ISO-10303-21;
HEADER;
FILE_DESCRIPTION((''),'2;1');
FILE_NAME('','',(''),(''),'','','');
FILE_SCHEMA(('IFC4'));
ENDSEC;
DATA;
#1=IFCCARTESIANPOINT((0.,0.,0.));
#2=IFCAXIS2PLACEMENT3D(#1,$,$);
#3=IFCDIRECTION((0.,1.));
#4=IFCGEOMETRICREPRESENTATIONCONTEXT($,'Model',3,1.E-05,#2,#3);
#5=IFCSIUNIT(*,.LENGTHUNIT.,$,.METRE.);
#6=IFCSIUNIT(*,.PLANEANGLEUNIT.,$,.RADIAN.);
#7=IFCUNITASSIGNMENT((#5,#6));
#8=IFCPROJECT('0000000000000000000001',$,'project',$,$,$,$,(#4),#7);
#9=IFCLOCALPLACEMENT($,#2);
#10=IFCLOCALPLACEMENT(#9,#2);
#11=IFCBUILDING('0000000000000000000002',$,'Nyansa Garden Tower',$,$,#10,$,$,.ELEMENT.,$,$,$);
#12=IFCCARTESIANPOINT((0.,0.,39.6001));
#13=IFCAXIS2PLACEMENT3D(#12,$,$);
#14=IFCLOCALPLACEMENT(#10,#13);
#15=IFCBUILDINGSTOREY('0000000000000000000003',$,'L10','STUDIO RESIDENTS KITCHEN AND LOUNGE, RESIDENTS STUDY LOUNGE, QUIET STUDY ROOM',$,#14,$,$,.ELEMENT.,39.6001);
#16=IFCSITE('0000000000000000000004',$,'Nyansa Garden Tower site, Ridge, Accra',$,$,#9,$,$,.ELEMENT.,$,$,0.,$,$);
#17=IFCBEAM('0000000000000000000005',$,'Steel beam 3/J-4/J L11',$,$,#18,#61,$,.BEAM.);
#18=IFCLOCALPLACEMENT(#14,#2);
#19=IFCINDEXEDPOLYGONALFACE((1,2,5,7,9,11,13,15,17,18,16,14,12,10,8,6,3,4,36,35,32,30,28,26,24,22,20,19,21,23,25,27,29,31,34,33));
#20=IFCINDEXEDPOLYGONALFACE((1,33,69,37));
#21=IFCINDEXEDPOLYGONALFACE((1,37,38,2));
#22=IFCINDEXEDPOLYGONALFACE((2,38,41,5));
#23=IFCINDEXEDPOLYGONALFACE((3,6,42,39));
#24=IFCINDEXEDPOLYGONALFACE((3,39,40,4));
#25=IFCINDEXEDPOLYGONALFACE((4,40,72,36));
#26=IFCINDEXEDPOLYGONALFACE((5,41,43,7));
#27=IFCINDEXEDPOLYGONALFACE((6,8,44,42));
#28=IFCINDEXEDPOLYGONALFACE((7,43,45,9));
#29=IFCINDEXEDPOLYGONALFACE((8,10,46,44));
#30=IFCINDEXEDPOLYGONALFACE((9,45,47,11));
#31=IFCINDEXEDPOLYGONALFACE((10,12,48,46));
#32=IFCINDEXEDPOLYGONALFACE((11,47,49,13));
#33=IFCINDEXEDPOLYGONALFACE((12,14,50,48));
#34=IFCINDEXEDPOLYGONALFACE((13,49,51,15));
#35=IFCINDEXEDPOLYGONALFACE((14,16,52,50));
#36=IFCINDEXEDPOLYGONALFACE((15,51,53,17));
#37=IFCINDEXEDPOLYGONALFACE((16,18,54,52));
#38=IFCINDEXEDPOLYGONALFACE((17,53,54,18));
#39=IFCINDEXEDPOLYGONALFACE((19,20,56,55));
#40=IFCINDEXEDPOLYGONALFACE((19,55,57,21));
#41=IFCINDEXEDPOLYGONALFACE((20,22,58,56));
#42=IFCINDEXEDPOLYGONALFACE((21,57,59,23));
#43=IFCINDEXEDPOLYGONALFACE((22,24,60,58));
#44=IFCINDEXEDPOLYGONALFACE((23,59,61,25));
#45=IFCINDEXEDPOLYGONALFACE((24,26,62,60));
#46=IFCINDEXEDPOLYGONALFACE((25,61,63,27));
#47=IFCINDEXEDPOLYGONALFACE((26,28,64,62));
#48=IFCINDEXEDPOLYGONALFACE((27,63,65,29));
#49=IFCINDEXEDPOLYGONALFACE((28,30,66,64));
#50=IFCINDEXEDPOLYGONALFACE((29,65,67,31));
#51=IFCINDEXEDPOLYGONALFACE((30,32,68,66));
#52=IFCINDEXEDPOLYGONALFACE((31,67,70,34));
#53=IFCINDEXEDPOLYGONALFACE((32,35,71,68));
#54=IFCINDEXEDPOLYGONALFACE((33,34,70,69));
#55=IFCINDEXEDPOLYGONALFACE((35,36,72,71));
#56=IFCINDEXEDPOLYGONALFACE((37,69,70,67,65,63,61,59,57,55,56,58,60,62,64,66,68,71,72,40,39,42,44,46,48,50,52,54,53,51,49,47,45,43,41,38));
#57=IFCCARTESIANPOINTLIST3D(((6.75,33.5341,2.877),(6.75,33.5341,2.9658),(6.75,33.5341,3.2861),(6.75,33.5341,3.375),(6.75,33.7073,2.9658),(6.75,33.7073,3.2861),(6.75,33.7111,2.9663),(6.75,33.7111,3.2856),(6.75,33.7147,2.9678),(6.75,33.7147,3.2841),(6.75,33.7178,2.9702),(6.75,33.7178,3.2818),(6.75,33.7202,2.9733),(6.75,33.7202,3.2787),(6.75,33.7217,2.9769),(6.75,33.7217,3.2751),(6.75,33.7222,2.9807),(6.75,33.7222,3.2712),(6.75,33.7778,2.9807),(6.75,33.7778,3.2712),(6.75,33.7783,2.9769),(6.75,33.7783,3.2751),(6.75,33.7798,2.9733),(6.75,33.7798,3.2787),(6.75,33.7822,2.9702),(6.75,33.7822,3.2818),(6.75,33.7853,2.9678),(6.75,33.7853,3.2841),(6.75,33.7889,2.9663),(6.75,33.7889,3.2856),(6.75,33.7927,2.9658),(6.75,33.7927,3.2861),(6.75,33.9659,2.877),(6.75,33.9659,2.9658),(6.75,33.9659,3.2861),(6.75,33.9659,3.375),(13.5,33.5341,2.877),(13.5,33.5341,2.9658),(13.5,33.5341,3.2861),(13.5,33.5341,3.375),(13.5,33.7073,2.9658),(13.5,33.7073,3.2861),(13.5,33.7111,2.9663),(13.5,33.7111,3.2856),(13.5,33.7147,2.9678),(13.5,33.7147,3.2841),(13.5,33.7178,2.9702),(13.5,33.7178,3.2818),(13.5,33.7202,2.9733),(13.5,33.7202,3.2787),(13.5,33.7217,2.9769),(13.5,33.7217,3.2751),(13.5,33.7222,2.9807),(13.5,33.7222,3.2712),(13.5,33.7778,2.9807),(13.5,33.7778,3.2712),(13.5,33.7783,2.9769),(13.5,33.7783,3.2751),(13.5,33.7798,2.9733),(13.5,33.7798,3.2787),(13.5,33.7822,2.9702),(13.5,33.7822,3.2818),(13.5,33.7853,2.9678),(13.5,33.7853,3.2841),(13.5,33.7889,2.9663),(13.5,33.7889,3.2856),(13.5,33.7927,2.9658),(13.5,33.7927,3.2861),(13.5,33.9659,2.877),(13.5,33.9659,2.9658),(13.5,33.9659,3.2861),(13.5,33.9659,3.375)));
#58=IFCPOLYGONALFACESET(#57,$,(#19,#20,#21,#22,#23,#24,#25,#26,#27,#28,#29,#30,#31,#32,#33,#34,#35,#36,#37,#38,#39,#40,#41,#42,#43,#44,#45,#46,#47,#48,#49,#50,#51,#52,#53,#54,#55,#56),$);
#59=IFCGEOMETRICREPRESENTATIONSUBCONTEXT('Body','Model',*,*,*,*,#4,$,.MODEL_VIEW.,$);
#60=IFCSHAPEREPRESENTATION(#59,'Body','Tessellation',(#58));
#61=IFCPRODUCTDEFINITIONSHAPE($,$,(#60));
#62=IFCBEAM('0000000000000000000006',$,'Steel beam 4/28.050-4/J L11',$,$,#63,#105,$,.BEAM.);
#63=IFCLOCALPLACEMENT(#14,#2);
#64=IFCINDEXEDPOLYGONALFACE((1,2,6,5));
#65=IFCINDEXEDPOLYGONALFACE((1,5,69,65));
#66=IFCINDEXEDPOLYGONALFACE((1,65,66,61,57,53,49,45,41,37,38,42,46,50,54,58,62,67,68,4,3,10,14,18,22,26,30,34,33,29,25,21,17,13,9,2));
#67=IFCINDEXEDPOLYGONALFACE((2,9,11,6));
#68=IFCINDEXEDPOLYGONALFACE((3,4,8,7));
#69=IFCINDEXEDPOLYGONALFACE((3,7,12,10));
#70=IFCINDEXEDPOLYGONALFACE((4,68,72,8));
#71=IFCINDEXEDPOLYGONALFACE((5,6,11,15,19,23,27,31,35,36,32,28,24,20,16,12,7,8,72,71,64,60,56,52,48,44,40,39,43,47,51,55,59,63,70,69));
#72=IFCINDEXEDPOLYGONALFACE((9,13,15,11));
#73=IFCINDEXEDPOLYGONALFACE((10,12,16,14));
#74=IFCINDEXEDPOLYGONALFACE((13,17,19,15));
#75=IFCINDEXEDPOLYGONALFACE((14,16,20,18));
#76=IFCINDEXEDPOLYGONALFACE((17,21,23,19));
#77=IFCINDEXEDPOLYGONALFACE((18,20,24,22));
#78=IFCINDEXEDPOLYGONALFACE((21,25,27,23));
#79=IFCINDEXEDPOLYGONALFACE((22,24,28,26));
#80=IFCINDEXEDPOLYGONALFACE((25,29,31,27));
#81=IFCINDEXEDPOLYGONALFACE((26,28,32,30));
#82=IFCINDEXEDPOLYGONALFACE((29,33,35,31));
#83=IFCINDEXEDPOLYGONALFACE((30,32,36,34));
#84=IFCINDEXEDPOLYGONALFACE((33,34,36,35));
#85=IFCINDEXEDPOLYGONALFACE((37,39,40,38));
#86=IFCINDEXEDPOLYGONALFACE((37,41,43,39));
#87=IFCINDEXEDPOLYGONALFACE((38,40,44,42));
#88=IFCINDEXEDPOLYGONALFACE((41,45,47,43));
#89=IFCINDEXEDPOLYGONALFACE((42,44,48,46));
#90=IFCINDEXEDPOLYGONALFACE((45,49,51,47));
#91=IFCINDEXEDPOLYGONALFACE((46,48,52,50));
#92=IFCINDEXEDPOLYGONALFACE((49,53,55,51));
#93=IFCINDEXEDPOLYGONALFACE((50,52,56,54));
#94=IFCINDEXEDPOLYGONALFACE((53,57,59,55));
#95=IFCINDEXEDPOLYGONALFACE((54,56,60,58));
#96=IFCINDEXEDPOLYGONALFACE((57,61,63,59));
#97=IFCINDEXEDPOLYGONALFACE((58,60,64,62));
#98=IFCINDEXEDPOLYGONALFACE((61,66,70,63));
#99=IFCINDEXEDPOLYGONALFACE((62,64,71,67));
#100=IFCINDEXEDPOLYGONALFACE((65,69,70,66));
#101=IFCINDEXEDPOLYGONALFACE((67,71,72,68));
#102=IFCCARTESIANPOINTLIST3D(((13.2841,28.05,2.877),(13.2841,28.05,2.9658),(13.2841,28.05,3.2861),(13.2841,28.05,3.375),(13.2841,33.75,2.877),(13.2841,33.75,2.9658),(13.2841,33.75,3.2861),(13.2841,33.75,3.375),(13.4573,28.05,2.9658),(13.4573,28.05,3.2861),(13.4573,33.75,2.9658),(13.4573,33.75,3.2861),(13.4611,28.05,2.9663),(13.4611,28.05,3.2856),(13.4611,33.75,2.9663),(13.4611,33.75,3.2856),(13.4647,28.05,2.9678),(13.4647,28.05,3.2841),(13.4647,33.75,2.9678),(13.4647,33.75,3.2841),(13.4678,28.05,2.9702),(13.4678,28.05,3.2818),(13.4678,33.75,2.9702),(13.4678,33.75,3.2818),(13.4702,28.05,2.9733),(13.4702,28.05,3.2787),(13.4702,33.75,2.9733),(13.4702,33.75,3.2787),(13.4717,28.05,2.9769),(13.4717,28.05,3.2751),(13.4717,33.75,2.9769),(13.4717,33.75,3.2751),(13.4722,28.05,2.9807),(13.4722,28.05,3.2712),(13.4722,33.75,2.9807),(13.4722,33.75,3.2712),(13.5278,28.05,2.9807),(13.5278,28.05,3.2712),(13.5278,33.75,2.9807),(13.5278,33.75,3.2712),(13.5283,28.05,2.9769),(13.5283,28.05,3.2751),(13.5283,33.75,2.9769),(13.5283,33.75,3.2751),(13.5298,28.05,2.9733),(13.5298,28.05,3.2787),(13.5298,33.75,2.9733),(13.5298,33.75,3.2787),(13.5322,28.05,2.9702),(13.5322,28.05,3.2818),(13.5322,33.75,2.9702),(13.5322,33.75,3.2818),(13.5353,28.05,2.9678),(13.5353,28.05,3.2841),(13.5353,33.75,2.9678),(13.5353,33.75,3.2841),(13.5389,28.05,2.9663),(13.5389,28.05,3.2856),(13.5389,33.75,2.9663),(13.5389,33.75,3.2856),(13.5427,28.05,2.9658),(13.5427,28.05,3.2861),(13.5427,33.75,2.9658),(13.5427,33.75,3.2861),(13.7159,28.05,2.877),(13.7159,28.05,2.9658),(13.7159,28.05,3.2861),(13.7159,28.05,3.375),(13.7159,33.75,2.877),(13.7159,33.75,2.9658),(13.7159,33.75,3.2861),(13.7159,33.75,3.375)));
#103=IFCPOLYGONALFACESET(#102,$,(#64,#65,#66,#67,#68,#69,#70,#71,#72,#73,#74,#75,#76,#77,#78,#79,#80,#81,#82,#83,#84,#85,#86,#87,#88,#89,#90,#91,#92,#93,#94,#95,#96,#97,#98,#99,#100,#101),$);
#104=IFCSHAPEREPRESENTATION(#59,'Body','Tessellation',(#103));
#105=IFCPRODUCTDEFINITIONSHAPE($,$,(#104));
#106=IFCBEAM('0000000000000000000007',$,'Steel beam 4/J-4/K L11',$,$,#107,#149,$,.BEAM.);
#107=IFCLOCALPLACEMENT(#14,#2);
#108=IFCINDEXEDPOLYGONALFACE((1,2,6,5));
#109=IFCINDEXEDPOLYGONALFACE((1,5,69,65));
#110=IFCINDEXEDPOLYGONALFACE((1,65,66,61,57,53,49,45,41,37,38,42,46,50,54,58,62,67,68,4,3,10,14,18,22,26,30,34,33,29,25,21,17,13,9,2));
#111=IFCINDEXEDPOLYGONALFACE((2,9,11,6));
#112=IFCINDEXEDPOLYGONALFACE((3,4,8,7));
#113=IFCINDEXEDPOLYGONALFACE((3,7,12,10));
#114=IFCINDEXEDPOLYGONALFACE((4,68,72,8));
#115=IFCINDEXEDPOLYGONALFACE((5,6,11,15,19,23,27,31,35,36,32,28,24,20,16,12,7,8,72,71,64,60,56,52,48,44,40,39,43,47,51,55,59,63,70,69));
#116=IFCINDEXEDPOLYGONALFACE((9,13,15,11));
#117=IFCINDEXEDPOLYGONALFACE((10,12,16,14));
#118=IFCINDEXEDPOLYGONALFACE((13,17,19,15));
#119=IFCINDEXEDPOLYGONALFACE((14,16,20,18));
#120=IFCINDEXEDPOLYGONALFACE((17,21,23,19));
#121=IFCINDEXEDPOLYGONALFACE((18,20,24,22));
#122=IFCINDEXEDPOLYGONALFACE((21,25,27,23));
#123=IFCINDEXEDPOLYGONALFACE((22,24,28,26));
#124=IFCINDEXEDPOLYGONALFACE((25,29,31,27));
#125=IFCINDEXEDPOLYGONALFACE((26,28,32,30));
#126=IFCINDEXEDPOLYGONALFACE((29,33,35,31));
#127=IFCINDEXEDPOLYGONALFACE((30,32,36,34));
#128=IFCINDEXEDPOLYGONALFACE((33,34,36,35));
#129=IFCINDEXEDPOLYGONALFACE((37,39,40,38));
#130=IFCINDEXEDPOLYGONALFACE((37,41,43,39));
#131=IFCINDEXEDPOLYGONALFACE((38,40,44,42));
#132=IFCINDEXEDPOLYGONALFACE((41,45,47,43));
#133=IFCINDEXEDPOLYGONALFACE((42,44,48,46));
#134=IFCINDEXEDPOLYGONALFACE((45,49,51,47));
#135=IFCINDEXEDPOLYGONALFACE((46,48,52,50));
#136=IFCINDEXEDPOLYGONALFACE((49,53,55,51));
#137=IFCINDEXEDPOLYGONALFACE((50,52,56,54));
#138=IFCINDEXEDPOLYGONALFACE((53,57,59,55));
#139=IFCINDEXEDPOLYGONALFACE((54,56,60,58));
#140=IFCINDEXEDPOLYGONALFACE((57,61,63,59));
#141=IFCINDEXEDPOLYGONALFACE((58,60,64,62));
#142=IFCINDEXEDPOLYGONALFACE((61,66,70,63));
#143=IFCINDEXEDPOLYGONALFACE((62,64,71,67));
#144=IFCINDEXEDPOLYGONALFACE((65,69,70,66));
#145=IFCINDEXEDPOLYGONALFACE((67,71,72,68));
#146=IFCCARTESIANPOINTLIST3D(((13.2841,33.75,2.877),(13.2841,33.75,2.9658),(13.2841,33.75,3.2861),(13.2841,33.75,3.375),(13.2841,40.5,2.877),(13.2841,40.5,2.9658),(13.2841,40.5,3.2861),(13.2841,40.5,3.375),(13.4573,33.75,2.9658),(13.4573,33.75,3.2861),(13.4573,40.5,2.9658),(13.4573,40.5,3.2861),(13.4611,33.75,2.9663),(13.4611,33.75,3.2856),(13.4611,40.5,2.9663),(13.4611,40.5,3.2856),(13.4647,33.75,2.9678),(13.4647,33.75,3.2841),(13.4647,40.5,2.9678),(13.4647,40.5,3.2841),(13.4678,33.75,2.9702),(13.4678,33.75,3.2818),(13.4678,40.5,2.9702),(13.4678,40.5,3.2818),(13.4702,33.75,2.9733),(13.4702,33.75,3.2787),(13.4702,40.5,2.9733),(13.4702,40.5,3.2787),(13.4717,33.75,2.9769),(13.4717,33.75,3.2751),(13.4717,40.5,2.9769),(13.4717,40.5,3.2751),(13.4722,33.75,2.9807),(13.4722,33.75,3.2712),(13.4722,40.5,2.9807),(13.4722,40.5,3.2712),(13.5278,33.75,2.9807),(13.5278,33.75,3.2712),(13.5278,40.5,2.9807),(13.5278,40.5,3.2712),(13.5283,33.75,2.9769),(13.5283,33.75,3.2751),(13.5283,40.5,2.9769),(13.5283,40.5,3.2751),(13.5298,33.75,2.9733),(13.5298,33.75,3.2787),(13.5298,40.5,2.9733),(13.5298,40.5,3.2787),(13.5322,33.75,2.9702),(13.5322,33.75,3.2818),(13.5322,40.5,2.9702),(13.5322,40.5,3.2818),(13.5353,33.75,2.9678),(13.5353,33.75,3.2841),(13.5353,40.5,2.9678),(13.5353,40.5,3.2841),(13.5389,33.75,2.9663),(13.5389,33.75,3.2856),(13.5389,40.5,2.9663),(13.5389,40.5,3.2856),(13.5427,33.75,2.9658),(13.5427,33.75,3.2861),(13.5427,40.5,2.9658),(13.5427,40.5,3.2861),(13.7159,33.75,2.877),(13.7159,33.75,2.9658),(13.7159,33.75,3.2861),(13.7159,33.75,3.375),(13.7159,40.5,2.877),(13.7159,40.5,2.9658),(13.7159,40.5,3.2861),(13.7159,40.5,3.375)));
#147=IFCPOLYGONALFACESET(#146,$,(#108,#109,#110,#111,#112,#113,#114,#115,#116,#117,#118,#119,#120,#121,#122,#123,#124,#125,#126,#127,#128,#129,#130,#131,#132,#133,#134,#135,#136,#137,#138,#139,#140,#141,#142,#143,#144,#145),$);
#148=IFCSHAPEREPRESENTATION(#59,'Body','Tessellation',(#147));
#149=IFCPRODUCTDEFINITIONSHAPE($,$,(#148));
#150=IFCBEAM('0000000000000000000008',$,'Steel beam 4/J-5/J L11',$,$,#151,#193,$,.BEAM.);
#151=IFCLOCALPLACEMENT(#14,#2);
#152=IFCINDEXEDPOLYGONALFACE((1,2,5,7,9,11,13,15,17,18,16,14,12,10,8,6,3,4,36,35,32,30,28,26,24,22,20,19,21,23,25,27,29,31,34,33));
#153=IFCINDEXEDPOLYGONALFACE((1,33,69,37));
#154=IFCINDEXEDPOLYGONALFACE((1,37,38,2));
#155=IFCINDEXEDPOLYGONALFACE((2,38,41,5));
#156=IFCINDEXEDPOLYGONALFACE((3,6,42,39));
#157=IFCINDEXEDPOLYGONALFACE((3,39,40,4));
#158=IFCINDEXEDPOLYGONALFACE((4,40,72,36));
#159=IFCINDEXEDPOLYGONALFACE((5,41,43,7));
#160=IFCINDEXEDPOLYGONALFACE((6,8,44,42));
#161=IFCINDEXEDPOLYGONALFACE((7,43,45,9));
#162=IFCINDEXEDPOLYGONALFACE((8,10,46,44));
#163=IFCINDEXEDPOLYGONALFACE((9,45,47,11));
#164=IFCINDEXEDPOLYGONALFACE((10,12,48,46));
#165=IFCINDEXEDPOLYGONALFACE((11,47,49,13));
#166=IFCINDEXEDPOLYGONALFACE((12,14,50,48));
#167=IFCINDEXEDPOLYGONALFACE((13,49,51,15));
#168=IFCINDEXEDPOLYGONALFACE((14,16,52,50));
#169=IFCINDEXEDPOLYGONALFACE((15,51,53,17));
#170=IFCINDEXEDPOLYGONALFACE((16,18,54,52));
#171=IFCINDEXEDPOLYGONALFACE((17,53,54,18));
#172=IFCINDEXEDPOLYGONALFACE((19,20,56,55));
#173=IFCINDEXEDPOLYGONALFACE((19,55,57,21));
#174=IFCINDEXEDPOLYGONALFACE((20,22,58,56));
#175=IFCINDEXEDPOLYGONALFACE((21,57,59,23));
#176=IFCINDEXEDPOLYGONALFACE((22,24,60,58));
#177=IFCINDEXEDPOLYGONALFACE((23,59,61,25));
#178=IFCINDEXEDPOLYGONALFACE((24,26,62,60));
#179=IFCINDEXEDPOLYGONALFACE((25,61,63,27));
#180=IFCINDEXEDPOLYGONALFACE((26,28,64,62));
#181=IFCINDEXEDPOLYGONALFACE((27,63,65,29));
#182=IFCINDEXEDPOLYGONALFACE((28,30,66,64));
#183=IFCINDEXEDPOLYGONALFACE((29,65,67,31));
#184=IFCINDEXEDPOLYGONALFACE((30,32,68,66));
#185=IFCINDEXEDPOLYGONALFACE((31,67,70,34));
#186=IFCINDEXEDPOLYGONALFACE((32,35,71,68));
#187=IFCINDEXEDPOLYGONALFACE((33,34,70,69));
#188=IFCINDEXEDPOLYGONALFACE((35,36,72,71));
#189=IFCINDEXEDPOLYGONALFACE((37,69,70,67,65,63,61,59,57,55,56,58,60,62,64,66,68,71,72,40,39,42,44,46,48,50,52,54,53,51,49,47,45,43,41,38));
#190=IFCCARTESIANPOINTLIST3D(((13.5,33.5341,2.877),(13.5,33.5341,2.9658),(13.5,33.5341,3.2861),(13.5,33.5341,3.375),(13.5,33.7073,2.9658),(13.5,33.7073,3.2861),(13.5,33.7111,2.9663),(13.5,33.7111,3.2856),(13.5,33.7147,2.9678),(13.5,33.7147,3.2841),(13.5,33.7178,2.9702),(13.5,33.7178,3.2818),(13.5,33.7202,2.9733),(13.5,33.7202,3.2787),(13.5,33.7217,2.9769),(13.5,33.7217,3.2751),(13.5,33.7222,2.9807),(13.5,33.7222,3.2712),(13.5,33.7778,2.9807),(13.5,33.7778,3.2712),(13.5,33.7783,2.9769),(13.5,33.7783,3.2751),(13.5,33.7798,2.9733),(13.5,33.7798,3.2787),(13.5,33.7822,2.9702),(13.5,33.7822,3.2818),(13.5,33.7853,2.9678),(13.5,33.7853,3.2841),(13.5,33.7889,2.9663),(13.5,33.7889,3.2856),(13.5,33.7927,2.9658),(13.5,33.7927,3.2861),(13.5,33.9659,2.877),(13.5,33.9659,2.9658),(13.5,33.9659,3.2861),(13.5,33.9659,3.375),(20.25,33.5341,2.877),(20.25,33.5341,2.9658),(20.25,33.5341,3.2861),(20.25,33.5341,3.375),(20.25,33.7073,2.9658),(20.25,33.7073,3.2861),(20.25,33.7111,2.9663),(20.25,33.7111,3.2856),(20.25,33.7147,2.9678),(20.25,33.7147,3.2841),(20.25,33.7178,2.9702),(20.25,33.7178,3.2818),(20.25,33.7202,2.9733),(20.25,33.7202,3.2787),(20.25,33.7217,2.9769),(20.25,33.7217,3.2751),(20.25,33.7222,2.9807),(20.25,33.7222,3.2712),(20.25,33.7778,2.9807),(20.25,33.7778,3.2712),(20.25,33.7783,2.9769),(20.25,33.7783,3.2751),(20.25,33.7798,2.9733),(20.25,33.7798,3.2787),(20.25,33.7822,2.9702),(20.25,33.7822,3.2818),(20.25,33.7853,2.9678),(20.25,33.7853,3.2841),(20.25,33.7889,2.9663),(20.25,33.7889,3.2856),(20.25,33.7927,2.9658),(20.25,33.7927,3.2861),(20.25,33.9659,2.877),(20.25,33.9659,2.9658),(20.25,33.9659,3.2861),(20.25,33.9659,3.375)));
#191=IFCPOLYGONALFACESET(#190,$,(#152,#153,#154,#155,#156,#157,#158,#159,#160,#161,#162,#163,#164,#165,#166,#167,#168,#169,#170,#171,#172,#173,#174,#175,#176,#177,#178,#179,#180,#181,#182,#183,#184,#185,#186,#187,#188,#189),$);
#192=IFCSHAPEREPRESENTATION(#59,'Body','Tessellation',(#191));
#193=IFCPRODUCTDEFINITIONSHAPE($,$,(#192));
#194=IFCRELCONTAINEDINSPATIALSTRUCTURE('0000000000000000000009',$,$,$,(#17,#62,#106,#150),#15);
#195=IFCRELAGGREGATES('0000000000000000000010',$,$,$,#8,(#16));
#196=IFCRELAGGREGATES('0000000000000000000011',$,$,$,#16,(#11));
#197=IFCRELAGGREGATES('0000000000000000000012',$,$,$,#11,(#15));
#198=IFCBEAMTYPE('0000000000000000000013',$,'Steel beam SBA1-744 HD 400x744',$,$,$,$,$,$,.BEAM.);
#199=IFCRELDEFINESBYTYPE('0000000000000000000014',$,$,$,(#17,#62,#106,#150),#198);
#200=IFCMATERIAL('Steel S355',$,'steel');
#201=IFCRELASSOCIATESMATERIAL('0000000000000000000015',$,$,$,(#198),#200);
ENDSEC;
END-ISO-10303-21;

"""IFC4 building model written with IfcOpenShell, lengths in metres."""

from ifc_helpers import new_model, si_unit, direction, frame, origin, origin_2d, place, context, subcontext, project, spatial, i_section, extrude, material, material_profile, profile_set, type_object, element, save


model = new_model("IFC4")

# Units and contexts
model_context = context("Model", 3, precision=1e-05, world=origin(), true_north=direction((0.0, 1.0)))
body_context = subcontext(model_context, "Body", "Model", "MODEL_VIEW")
ifc_project = project(units=[si_unit("LENGTHUNIT", "METRE"), si_unit("PLANEANGLEUNIT", "RADIAN")], contexts=[model_context])

# Site, building, storey
site_placement = place(None, origin())
site = spatial("IfcSite", under=ifc_project, at=site_placement, Name="Nyansa Garden Tower site, Ridge, Accra", CompositionType="ELEMENT", RefElevation=0.0)
building_placement = place(site_placement, origin())
building = spatial("IfcBuilding", under=site, at=building_placement, Name="Nyansa Garden Tower", CompositionType="ELEMENT")
storey_placement = place(building_placement, frame((0.0, 0.0, 39.6001)))
storey = spatial("IfcBuildingStorey", under=building, at=storey_placement, Name="L10", Description="STUDIO RESIDENTS KITCHEN AND LOUNGE, RESIDENTS STUDY LOUNGE, QUIET STUDY ROOM", CompositionType="ELEMENT", Elevation=39.6001)

# Beams
ifc_material_1 = material(Name="Steel S355", Category="steel")
ifc_material_profile_1 = material_profile(ifc_material_1, i_section(OverallWidth=0.4319, OverallDepth=0.498, WebThickness=0.0557, FlangeThickness=0.0889, FilletRadius=0.0149, at=origin_2d()), Name="HD 400x744")
ifc_profile_set_1 = profile_set([ifc_material_profile_1], Name="Steel S355")
beam_type_1 = type_object("IfcBeamType", Name="Steel beam SBA1-744 HD 400x744", PredefinedType="BEAM", material=ifc_profile_set_1)
beam_1_placement = place(storey_placement, frame((6.75, 33.75, 3.126), z_axis=(1.0, 0.0, 0.0), x_axis=(0.0, 1.0, 0.0)))
element("IfcBeam", 1, at=beam_1_placement, inside=storey, type_object=beam_type_1, Name="Steel beam 3/J-4/J L11", PredefinedType="BEAM", context=body_context, shape_type="SweptSolid", body=[
    extrude(i_section(OverallWidth=0.4319, OverallDepth=0.498, WebThickness=0.0557, FlangeThickness=0.0889, FilletRadius=0.0149, at=origin_2d()), origin(), (0.0, 0.0, 1.0), 6.75),
])
beam_2_placement = place(storey_placement, frame((13.5, 28.05, 3.126), z_axis=(0.0, 1.0, 0.0), x_axis=(-1.0, 0.0, 0.0)))
element("IfcBeam", 2, at=beam_2_placement, inside=storey, type_object=beam_type_1, Name="Steel beam 4/28.050-4/J L11", PredefinedType="BEAM", context=body_context, shape_type="SweptSolid", body=[
    extrude(i_section(OverallWidth=0.4319, OverallDepth=0.498, WebThickness=0.0557, FlangeThickness=0.0889, FilletRadius=0.0149, at=origin_2d()), origin(), (0.0, 0.0, 1.0), 5.7),
])
for number, where, z_axis, x_axis, name in (
    (3, (13.5, 33.75, 3.126), (0.0, 1.0, 0.0), (-1.0, 0.0, 0.0), "Steel beam 4/J-4/K L11"),
    (4, (13.5, 33.75, 3.126), (1.0, 0.0, 0.0), (0.0, 1.0, 0.0), "Steel beam 4/J-5/J L11"),
):
    element("IfcBeam", number, at=place(storey_placement, frame(where, z_axis=z_axis, x_axis=x_axis)), inside=storey, type_object=beam_type_1, Name=name, PredefinedType="BEAM", context=body_context, shape_type="SweptSolid", body=[
        extrude(i_section(OverallWidth=0.4319, OverallDepth=0.498, WebThickness=0.0557, FlangeThickness=0.0889, FilletRadius=0.0149, at=origin_2d()), origin(), (0.0, 0.0, 1.0), 6.75),
    ])

save(model, "model.ifc")
